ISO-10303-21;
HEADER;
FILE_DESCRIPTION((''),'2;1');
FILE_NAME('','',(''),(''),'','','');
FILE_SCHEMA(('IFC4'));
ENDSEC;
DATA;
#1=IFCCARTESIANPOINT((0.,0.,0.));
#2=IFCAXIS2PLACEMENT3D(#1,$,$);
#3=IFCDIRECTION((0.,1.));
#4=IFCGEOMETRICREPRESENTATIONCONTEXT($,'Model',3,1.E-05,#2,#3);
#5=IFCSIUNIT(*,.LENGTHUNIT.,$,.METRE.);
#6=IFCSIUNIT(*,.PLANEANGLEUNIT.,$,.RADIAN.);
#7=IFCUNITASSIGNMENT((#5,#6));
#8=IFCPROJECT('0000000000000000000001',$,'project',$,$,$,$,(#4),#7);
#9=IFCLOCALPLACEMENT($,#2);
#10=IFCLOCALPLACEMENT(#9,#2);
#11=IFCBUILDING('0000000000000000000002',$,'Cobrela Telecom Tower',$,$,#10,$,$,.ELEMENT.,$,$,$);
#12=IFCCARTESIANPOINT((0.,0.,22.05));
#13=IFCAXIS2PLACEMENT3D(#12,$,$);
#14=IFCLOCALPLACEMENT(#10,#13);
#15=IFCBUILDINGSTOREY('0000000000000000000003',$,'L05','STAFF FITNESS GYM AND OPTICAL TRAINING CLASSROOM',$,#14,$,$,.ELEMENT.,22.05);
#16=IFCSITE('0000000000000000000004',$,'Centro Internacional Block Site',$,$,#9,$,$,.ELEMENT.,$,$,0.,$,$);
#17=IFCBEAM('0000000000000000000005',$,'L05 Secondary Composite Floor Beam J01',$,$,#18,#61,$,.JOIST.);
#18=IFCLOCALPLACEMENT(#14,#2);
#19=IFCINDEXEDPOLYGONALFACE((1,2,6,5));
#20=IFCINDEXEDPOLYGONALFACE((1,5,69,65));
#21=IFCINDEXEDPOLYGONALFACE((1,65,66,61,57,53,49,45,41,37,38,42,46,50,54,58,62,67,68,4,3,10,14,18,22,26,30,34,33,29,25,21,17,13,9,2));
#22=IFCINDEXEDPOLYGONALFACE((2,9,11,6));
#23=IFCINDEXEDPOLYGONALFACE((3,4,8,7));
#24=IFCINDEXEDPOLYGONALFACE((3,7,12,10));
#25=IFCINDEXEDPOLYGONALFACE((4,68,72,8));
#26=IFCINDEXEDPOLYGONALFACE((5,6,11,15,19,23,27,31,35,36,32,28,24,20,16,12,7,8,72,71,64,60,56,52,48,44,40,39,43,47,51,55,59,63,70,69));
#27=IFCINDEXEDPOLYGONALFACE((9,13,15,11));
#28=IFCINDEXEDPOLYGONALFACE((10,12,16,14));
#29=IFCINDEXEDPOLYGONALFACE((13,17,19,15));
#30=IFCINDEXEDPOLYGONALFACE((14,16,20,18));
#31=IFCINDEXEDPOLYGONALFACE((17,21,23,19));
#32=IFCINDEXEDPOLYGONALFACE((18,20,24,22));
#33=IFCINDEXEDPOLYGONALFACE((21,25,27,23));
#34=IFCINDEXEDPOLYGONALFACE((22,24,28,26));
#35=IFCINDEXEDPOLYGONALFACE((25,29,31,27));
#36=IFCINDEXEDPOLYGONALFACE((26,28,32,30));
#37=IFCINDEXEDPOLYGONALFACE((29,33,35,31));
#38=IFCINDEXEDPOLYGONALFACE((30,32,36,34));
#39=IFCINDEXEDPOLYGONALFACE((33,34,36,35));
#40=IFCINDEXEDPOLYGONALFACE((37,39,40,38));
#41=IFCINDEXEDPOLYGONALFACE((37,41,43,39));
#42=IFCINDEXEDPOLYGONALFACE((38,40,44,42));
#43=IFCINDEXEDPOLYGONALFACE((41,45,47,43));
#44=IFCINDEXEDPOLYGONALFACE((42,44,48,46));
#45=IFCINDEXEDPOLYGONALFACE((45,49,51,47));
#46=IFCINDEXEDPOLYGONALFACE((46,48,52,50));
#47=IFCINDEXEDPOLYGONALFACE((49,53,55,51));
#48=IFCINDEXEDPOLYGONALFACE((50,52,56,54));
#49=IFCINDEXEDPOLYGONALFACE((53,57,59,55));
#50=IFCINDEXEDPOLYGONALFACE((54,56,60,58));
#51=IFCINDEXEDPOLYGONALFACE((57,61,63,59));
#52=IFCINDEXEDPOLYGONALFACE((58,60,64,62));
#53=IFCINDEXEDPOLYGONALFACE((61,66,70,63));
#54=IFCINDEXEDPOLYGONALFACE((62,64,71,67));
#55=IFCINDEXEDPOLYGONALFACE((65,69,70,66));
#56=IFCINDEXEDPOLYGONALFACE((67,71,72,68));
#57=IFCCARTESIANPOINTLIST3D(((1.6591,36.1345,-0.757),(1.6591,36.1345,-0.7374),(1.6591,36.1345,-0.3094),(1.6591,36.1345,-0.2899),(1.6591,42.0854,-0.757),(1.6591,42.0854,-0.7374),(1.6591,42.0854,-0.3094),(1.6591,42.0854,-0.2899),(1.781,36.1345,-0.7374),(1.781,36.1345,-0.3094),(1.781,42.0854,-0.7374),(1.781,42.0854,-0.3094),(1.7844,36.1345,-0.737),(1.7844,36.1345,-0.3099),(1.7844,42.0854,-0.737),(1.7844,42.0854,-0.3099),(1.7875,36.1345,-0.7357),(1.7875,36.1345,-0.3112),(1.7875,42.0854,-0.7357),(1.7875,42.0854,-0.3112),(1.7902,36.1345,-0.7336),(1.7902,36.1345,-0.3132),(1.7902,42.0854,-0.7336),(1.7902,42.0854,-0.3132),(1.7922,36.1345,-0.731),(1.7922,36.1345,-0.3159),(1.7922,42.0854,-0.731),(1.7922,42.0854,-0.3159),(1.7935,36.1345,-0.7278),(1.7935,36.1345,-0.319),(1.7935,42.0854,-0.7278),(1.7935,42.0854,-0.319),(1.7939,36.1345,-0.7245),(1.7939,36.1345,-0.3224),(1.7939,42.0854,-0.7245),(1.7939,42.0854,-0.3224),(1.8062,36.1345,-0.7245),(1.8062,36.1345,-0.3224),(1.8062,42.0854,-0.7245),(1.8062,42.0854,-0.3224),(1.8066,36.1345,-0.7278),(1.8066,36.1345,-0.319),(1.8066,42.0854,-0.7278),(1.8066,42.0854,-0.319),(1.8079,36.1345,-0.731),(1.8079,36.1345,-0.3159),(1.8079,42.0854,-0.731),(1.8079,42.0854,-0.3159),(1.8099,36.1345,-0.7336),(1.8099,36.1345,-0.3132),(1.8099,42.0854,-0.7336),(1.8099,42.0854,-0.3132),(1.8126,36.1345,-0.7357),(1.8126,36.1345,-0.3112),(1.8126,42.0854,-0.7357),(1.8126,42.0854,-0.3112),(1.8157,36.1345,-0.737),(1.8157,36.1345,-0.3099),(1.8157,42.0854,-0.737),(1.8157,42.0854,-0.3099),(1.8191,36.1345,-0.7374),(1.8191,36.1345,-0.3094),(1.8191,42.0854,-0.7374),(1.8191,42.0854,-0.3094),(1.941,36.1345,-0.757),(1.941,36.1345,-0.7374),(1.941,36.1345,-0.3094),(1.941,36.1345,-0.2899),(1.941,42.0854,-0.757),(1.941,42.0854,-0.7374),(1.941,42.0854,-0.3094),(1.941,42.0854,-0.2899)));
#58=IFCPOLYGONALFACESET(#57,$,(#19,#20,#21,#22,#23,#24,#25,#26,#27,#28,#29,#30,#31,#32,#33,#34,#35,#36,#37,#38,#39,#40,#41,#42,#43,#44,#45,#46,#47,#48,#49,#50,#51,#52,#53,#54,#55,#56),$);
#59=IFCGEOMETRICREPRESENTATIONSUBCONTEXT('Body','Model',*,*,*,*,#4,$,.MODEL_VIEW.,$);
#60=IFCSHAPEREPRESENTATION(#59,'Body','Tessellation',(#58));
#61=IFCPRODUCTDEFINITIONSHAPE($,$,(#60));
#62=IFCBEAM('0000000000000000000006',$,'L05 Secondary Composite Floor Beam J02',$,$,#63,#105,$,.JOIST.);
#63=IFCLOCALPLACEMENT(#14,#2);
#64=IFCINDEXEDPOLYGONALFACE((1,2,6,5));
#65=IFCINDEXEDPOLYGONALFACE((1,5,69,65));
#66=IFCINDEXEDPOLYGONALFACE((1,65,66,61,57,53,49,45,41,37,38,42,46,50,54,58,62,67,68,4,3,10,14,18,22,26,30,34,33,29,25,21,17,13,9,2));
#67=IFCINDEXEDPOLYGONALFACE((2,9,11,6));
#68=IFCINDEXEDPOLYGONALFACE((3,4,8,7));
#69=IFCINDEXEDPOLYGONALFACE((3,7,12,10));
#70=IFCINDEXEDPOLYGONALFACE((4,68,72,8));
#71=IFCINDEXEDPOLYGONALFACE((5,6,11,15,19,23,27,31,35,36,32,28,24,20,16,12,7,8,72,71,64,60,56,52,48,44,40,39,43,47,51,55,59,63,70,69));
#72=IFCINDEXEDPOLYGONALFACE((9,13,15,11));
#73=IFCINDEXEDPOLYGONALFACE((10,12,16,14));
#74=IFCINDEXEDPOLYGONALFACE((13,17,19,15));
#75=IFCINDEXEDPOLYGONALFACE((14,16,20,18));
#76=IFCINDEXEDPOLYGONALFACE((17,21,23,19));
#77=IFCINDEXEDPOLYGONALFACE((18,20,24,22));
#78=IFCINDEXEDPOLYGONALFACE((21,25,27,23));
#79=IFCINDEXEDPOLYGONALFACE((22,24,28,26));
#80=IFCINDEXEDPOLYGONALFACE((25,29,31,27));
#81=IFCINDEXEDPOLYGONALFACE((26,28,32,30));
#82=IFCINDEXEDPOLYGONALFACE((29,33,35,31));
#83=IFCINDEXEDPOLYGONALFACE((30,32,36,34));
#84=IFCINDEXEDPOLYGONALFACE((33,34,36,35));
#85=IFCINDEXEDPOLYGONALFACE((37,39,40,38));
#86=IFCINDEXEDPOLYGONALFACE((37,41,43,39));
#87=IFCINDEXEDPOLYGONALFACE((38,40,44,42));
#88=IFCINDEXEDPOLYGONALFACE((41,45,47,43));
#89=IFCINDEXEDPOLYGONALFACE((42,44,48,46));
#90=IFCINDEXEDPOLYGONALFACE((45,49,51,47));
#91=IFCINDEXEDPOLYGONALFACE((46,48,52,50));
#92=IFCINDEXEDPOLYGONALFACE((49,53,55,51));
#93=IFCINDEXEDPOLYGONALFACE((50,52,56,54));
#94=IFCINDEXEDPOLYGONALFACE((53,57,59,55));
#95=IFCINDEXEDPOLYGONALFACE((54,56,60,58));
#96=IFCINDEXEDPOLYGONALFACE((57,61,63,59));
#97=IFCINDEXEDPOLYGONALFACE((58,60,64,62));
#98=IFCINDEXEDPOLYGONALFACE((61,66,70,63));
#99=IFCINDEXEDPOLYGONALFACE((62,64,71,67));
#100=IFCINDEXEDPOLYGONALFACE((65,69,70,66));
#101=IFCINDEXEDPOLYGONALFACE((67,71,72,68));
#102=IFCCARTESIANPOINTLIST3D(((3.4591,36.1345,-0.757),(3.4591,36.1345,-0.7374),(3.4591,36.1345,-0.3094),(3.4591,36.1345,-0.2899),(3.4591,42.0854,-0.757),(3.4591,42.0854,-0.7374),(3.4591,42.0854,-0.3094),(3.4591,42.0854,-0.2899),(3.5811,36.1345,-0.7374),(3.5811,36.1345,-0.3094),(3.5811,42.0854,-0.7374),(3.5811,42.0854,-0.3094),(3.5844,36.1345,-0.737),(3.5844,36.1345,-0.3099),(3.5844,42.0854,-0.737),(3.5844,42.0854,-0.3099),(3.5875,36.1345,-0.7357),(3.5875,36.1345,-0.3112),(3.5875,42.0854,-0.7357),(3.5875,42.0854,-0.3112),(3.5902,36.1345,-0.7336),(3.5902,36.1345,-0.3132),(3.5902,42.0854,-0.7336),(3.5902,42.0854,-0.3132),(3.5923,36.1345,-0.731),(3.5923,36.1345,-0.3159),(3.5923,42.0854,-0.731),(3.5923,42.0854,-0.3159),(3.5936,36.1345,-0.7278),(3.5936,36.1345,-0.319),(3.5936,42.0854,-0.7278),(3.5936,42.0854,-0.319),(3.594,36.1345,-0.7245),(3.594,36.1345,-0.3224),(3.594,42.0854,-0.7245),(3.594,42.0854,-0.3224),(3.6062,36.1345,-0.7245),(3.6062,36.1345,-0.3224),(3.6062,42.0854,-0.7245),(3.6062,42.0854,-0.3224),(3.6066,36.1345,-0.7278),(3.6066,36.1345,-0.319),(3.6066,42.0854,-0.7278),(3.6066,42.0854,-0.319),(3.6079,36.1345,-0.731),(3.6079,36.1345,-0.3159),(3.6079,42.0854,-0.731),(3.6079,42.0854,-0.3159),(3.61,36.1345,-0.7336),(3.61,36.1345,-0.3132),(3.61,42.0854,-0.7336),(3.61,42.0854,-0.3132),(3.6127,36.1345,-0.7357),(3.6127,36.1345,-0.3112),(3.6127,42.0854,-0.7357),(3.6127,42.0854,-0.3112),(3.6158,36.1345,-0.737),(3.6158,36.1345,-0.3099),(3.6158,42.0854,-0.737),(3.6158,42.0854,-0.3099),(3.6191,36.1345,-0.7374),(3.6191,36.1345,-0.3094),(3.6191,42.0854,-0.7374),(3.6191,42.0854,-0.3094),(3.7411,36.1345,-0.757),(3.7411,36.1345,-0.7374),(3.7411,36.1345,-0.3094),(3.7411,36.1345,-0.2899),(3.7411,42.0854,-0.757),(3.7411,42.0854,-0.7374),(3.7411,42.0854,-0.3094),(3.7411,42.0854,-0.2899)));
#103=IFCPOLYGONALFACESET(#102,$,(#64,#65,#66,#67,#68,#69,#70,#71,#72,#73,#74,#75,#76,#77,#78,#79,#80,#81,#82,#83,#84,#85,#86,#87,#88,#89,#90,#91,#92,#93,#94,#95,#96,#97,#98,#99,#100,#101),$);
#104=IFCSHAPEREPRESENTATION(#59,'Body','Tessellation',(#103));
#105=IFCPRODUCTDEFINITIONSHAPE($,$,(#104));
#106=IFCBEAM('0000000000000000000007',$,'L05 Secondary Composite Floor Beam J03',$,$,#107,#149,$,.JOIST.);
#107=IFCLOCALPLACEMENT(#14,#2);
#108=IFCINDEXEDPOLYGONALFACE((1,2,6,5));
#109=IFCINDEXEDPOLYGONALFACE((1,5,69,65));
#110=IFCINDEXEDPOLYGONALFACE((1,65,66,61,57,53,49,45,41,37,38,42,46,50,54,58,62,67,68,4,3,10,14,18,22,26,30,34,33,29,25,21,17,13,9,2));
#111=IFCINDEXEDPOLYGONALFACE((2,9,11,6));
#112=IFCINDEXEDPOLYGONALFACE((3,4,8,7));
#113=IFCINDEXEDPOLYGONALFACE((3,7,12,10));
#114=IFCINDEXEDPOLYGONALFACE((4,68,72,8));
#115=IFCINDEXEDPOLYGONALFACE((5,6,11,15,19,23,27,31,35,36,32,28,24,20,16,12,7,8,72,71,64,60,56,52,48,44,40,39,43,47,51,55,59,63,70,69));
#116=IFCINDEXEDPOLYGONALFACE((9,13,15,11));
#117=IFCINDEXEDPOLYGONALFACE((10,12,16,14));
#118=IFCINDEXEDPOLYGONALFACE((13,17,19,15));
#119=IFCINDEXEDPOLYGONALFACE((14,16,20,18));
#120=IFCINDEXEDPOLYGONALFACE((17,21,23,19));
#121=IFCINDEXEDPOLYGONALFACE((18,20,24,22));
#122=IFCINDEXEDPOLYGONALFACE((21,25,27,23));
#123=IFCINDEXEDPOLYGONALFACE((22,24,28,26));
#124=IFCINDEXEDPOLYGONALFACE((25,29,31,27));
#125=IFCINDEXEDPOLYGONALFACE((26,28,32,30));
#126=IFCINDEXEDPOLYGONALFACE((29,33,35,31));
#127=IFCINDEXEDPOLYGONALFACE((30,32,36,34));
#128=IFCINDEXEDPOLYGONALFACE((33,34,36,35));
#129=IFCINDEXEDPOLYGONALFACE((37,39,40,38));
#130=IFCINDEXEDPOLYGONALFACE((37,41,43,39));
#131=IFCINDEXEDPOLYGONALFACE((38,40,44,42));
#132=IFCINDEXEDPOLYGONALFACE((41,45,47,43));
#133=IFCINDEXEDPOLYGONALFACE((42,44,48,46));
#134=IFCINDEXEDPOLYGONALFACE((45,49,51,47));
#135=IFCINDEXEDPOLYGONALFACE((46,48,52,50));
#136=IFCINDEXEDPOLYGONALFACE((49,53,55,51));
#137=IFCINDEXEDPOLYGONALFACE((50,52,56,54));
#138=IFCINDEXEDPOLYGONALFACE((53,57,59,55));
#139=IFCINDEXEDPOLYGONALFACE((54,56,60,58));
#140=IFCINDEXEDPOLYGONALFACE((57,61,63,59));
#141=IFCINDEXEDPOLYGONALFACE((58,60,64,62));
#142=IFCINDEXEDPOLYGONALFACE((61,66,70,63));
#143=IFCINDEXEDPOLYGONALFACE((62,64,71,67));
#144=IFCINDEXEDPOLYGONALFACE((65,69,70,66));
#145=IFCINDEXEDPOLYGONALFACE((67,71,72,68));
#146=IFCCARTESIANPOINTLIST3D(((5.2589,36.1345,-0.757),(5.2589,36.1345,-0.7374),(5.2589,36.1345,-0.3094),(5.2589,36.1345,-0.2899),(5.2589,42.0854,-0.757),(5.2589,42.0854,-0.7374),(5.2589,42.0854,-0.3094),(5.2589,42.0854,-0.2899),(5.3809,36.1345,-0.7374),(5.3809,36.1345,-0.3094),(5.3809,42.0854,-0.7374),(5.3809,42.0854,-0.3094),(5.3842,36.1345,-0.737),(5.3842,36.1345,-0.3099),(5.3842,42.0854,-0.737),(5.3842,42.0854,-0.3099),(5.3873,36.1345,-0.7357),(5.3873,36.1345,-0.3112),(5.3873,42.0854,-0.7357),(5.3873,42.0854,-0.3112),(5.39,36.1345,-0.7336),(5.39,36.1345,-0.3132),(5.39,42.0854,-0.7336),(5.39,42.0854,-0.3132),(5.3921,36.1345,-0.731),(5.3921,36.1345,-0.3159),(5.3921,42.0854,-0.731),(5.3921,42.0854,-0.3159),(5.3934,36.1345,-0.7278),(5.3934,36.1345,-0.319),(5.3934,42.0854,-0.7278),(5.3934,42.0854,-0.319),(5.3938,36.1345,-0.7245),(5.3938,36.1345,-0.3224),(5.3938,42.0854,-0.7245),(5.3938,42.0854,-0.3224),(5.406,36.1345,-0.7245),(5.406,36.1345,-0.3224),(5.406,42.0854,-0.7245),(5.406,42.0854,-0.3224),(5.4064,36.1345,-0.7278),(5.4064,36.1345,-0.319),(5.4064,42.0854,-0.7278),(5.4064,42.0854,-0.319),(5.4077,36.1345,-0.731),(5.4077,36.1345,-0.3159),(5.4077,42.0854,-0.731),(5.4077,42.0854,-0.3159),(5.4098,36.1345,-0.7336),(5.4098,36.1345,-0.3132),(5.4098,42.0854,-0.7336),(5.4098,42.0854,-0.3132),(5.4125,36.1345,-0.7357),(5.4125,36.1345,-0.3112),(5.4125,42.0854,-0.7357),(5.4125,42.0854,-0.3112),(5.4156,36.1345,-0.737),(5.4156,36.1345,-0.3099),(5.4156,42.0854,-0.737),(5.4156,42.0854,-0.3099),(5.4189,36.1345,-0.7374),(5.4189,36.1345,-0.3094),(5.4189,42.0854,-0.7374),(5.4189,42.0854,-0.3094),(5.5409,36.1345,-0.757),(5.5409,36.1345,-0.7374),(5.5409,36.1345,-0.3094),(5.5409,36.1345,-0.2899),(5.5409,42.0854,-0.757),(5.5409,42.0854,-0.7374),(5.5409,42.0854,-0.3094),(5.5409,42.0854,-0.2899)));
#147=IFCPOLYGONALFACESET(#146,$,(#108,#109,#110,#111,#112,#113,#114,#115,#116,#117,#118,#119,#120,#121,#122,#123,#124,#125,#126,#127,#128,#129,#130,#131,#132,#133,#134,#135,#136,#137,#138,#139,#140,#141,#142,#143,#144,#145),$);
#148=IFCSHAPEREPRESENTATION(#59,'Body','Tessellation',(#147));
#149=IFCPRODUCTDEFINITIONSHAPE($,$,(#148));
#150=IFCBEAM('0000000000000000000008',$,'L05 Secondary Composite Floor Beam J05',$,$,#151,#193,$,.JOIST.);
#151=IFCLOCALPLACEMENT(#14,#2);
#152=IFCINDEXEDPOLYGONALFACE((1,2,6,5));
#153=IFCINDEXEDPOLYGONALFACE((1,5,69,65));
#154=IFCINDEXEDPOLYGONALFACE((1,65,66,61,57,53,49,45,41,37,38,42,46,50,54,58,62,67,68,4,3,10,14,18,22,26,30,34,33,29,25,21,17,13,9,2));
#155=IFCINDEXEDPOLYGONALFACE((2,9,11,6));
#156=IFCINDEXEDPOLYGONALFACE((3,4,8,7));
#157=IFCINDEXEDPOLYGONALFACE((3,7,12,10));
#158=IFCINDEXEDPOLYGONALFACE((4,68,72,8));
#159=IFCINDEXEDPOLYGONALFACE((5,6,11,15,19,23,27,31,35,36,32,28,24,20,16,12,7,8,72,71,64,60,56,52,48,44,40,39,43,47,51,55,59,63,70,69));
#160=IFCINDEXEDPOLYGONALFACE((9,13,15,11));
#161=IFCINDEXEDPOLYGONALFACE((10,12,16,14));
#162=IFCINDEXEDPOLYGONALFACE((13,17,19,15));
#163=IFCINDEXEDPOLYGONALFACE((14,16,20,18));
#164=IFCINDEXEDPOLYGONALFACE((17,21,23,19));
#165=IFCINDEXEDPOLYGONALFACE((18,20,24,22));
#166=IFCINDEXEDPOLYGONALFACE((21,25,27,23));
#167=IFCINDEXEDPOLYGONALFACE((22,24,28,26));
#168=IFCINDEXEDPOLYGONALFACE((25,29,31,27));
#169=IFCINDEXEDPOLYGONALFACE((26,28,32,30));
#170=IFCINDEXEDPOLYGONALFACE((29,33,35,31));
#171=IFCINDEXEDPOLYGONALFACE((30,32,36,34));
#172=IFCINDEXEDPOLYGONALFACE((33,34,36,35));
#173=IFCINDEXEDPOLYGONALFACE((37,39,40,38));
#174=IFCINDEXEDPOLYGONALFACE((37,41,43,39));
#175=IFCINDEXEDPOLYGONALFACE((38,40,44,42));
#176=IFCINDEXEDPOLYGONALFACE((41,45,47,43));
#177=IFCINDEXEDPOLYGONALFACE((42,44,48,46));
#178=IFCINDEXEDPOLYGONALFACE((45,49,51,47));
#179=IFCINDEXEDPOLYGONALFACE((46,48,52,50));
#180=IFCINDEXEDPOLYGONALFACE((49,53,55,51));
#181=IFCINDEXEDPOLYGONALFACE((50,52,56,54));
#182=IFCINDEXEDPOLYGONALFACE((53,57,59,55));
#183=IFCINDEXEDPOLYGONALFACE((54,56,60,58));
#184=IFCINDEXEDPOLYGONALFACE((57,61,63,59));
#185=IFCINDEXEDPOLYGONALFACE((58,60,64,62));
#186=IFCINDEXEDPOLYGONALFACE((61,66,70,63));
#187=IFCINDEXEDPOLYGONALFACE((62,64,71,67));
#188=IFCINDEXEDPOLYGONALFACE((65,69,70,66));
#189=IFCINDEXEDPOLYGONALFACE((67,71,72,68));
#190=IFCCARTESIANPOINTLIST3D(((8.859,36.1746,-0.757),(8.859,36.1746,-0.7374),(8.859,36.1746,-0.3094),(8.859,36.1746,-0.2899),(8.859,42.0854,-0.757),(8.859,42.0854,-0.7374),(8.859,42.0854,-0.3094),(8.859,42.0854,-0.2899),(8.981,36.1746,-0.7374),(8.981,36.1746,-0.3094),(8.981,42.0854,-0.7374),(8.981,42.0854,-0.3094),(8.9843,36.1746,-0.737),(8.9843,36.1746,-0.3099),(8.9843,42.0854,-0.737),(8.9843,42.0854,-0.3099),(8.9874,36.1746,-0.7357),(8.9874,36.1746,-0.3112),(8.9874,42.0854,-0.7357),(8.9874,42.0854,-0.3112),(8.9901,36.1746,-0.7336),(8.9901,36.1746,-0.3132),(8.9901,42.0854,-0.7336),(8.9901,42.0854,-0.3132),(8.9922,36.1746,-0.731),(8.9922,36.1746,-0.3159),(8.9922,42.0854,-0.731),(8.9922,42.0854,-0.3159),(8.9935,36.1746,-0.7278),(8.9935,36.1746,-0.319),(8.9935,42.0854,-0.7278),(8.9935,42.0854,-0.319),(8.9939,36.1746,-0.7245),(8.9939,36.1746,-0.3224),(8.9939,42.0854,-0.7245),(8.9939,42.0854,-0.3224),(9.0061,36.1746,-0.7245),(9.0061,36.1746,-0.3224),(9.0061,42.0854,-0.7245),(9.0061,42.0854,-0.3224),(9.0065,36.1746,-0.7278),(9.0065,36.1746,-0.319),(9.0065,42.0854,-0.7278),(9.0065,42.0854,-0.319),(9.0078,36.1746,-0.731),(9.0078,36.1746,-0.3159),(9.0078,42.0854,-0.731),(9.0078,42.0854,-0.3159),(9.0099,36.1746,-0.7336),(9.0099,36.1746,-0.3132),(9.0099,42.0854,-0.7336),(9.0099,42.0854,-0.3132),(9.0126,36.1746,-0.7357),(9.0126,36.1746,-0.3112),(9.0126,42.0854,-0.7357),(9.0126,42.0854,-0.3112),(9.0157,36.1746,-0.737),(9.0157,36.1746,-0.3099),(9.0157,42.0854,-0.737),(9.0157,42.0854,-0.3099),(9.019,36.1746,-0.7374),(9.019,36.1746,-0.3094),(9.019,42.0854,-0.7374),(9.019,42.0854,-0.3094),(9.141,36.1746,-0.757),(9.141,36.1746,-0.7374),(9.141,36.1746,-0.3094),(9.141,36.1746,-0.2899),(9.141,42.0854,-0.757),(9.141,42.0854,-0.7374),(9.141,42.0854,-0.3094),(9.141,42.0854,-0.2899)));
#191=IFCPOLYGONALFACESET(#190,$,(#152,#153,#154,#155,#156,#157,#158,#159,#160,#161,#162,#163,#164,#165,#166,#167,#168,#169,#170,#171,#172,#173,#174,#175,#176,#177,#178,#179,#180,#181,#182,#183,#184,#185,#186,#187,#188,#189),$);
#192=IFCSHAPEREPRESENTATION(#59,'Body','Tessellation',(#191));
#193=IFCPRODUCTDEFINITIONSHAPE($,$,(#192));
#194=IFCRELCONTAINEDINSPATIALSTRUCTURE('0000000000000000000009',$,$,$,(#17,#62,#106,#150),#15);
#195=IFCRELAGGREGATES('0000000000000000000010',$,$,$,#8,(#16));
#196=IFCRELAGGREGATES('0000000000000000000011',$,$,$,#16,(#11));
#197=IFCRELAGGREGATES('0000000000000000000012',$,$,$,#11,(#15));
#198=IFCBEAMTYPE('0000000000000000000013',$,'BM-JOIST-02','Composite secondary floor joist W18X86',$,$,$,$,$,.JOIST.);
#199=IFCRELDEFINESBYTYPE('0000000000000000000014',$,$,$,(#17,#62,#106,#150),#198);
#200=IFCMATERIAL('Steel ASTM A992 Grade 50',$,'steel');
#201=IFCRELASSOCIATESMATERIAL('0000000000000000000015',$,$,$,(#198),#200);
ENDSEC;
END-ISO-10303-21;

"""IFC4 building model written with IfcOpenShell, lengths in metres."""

from ifc_helpers import new_model, si_unit, direction, frame, origin, origin_2d, place, context, subcontext, project, spatial, i_section, extrude, material, material_profile, profile_set, type_object, element, save


model = new_model("IFC4")

# Units and contexts
model_context = context("Model", 3, precision=1e-05, world=origin(), true_north=direction((0.0, 1.0)))
body_context = subcontext(model_context, "Body", "Model", "MODEL_VIEW")
ifc_project = project(units=[si_unit("LENGTHUNIT", "METRE"), si_unit("PLANEANGLEUNIT", "RADIAN")], contexts=[model_context])

# Site, building, storey
site_placement = place(None, origin())
site = spatial("IfcSite", under=ifc_project, at=site_placement, Name="Centro Internacional Block Site", CompositionType="ELEMENT", RefElevation=0.0)
building_placement = place(site_placement, origin())
building = spatial("IfcBuilding", under=site, at=building_placement, Name="Cobrela Telecom Tower", CompositionType="ELEMENT")
storey_placement = place(building_placement, frame((0.0, 0.0, 22.05)))
storey = spatial("IfcBuildingStorey", under=building, at=storey_placement, Name="L05", Description="STAFF FITNESS GYM AND OPTICAL TRAINING CLASSROOM", CompositionType="ELEMENT", Elevation=22.05)

# Beams
ifc_material_1 = material(Name="Steel ASTM A992 Grade 50", Category="steel")
ifc_material_profile_1 = material_profile(ifc_material_1, i_section(OverallWidth=0.282, OverallDepth=0.467, WebThickness=0.0122, FlangeThickness=0.0195, FilletRadius=0.0129, at=origin_2d()), Name="W18X86")
ifc_profile_set_1 = profile_set([ifc_material_profile_1], Name="Steel ASTM A992 Grade 50")
beam_type_1 = type_object("IfcBeamType", Name="BM-JOIST-02", Description="Composite secondary floor joist W18X86", PredefinedType="JOIST", material=ifc_profile_set_1)
for number, where, z_axis, x_axis, name in (
    (1, (1.8, 36.1345, -0.5234), (0.0, 1.0, 0.0), (-1.0, 0.0, 0.0), "L05 Secondary Composite Floor Beam J01"),
    (2, (3.6001, 36.1345, -0.5234), (0.0, 1.0, 0.0), (-1.0, 0.0, 0.0), "L05 Secondary Composite Floor Beam J02"),
    (3, (5.3999, 36.1345, -0.5234), (0.0, 1.0, 0.0), (-1.0, 0.0, 0.0), "L05 Secondary Composite Floor Beam J03"),
):
    element("IfcBeam", number, at=place(storey_placement, frame(where, z_axis=z_axis, x_axis=x_axis)), inside=storey, type_object=beam_type_1, Name=name, PredefinedType="JOIST", context=body_context, shape_type="SweptSolid", body=[
        extrude(i_section(OverallWidth=0.282, OverallDepth=0.467, WebThickness=0.0122, FlangeThickness=0.0195, FilletRadius=0.0129, at=origin_2d()), origin(), (0.0, 0.0, 1.0), 5.9509),
    ])
beam_1_placement = place(storey_placement, frame((9.0, 36.1746, -0.5234), z_axis=(0.0, 1.0, 0.0), x_axis=(-1.0, 0.0, 0.0)))
element("IfcBeam", 4, at=beam_1_placement, inside=storey, type_object=beam_type_1, Name="L05 Secondary Composite Floor Beam J05", PredefinedType="JOIST", context=body_context, shape_type="SweptSolid", body=[
    extrude(i_section(OverallWidth=0.282, OverallDepth=0.467, WebThickness=0.0122, FlangeThickness=0.0195, FilletRadius=0.0129, at=origin_2d()), origin(), (0.0, 0.0, 1.0), 5.9109),
])

save(model, "model.ifc")
